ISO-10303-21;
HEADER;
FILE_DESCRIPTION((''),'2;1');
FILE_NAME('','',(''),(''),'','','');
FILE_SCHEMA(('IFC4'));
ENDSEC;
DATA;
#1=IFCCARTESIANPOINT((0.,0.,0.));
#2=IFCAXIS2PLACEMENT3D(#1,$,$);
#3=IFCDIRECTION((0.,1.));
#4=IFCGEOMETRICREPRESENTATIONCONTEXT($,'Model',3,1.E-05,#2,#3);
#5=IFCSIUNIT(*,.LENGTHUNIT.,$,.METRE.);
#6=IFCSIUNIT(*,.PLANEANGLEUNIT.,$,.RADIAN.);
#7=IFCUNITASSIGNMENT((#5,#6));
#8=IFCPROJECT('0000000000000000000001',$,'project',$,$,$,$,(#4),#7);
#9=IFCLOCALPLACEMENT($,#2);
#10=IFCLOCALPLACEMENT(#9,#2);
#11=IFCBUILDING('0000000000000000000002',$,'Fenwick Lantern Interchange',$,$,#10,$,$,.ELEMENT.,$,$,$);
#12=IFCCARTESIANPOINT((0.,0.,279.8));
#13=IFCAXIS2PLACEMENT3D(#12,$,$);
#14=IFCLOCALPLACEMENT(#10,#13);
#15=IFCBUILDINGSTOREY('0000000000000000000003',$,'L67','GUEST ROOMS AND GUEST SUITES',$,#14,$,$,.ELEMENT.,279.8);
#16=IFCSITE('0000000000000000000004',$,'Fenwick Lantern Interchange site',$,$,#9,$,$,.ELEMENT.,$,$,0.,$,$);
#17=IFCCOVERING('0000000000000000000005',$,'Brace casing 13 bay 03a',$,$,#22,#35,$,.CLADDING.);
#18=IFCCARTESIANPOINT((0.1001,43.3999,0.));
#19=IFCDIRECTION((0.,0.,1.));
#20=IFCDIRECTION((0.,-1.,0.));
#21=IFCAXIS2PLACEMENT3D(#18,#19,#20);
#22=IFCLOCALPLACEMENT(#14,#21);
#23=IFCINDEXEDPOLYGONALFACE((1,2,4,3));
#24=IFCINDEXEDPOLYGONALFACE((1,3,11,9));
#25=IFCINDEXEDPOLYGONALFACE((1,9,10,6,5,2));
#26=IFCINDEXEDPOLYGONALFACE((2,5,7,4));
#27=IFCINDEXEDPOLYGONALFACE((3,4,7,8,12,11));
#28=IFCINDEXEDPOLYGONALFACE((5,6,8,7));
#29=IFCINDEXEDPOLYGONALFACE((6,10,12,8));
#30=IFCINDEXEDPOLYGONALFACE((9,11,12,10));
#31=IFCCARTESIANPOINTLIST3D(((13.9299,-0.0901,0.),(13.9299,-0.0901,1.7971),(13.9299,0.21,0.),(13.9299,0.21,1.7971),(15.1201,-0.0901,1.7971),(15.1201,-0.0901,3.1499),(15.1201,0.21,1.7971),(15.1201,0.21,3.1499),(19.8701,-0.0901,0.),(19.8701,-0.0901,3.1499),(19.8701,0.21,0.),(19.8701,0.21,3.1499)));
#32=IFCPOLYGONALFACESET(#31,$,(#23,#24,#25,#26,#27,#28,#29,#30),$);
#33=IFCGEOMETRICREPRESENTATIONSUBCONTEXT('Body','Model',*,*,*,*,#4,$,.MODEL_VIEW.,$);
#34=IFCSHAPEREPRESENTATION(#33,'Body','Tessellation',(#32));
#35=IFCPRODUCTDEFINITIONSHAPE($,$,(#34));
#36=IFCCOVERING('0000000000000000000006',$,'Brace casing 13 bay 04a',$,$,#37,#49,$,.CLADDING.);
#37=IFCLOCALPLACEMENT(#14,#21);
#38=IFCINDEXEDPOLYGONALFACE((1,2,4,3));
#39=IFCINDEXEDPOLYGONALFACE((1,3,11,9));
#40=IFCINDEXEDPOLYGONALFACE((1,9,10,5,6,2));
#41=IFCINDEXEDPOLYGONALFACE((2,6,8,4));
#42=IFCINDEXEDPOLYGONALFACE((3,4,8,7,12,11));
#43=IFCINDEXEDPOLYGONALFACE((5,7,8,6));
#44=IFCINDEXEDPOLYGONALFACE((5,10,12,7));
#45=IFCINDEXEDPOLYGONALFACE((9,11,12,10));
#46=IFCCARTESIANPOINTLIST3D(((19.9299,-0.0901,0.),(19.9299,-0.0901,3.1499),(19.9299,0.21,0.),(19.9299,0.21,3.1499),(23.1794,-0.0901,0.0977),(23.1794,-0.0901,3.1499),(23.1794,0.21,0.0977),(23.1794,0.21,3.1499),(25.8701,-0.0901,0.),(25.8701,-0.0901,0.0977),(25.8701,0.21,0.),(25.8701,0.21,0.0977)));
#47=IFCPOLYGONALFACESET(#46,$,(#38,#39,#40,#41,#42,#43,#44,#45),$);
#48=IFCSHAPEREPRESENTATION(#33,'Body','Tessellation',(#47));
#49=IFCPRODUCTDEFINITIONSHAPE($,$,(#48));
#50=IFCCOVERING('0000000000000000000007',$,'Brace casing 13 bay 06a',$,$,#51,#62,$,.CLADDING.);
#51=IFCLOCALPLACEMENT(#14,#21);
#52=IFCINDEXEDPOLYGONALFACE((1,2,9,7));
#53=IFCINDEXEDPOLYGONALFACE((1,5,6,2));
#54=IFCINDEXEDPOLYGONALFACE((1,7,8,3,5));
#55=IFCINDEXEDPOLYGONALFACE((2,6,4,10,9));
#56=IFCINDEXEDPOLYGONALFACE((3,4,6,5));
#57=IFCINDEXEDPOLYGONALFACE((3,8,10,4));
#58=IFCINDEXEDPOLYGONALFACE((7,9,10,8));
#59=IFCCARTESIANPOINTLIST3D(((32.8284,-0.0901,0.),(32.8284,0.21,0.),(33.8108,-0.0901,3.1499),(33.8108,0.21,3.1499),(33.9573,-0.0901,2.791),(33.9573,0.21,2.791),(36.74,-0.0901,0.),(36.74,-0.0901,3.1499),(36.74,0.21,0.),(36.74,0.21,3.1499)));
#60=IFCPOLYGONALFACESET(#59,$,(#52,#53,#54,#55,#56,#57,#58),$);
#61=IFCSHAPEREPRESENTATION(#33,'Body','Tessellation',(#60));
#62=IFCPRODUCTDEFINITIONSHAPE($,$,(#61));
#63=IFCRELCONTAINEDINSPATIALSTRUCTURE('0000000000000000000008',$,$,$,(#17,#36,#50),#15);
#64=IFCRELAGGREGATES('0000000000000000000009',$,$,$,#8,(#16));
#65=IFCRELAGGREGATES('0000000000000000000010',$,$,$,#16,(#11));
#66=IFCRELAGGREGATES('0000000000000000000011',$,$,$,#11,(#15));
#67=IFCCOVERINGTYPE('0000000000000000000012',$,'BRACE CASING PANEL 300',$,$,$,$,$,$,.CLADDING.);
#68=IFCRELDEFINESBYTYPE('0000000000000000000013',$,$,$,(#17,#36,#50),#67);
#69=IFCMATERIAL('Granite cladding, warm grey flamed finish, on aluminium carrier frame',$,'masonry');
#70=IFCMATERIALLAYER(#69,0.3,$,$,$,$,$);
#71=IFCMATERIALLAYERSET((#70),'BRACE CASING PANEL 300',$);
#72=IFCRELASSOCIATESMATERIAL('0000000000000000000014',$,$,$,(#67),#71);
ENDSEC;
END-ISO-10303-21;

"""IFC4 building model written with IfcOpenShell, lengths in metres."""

from ifc_helpers import new_model, si_unit, direction, frame, origin, place, context, subcontext, project, spatial, polyline, outline, extrude, material, layer, layer_set, type_object, element, save


model = new_model("IFC4")

# Units and contexts
model_context = context("Model", 3, precision=1e-05, world=origin(), true_north=direction((0.0, 1.0)))
body_context = subcontext(model_context, "Body", "Model", "MODEL_VIEW")
ifc_project = project(units=[si_unit("LENGTHUNIT", "METRE"), si_unit("PLANEANGLEUNIT", "RADIAN")], contexts=[model_context])

# Site, building, storey
site_placement = place(None, origin())
site = spatial("IfcSite", under=ifc_project, at=site_placement, Name="Fenwick Lantern Interchange site", CompositionType="ELEMENT", RefElevation=0.0)
building_placement = place(site_placement, origin())
building = spatial("IfcBuilding", under=site, at=building_placement, Name="Fenwick Lantern Interchange", CompositionType="ELEMENT")
storey_placement = place(building_placement, frame((0.0, 0.0, 279.8)))
storey = spatial("IfcBuildingStorey", under=building, at=storey_placement, Name="L67", Description="GUEST ROOMS AND GUEST SUITES", CompositionType="ELEMENT", Elevation=279.8)

# Coverings
ifc_material_1 = material(Name="Granite cladding, warm grey flamed finish, on aluminium carrier frame", Category="masonry")
ifc_layer_1 = layer(ifc_material_1, 0.3)
ifc_layer_set_1 = layer_set([ifc_layer_1], Name="BRACE CASING PANEL 300")
covering_type = type_object("IfcCoveringType", Name="BRACE CASING PANEL 300", PredefinedType="CLADDING", material=ifc_layer_set_1)
covering_1_placement = place(storey_placement, frame((0.1001, 43.3999, 0.0), z_axis=(0.0, 0.0, 1.0), x_axis=(0.0, -1.0, 0.0)))
element("IfcCovering", 1, at=covering_1_placement, inside=storey, type_object=covering_type, Name="Brace casing 13 bay 03a", PredefinedType="CLADDING", context=body_context, shape_type="SweptSolid", body=[
    extrude(outline(polyline([(13.9299, 0.0), (19.8701, 0.0), (19.8701, 3.1499), (15.1201, 3.1499), (15.1201, 1.7971), (13.9299, 1.7971), (13.9299, 0.0)])), frame((0.0, 0.21, 0.0), z_axis=(0.0, -1.0, 0.0), x_axis=(1.0, 0.0, 0.0)), (0.0, 0.0, 1.0), 0.3),
])
covering_2_placement = place(storey_placement, frame((0.1001, 43.3999, 0.0), z_axis=(0.0, 0.0, 1.0), x_axis=(0.0, -1.0, 0.0)))
element("IfcCovering", 2, at=covering_2_placement, inside=storey, type_object=covering_type, Name="Brace casing 13 bay 04a", PredefinedType="CLADDING", context=body_context, shape_type="SweptSolid", body=[
    extrude(outline(polyline([(19.9299, 0.0), (25.8701, 0.0), (25.8701, 0.0977), (23.1794, 0.0977), (23.1794, 3.1499), (19.9299, 3.1499), (19.9299, 0.0)])), frame((0.0, 0.21, 0.0), z_axis=(0.0, -1.0, 0.0), x_axis=(1.0, 0.0, 0.0)), (0.0, 0.0, 1.0), 0.3),
])
covering_3_placement = place(storey_placement, frame((0.1001, 43.3999, 0.0), z_axis=(0.0, 0.0, 1.0), x_axis=(0.0, -1.0, 0.0)))
element("IfcCovering", 3, at=covering_3_placement, inside=storey, type_object=covering_type, Name="Brace casing 13 bay 06a", PredefinedType="CLADDING", context=body_context, shape_type="SweptSolid", body=[
    extrude(outline(polyline([(32.8284, 0.0), (36.74, 0.0), (36.74, 3.1499), (33.8108, 3.1499), (33.9573, 2.791), (32.8284, 0.0)])), frame((0.0, 0.21, 0.0), z_axis=(0.0, -1.0, 0.0), x_axis=(1.0, 0.0, 0.0)), (0.0, 0.0, 1.0), 0.3),
])

save(model, "model.ifc")
